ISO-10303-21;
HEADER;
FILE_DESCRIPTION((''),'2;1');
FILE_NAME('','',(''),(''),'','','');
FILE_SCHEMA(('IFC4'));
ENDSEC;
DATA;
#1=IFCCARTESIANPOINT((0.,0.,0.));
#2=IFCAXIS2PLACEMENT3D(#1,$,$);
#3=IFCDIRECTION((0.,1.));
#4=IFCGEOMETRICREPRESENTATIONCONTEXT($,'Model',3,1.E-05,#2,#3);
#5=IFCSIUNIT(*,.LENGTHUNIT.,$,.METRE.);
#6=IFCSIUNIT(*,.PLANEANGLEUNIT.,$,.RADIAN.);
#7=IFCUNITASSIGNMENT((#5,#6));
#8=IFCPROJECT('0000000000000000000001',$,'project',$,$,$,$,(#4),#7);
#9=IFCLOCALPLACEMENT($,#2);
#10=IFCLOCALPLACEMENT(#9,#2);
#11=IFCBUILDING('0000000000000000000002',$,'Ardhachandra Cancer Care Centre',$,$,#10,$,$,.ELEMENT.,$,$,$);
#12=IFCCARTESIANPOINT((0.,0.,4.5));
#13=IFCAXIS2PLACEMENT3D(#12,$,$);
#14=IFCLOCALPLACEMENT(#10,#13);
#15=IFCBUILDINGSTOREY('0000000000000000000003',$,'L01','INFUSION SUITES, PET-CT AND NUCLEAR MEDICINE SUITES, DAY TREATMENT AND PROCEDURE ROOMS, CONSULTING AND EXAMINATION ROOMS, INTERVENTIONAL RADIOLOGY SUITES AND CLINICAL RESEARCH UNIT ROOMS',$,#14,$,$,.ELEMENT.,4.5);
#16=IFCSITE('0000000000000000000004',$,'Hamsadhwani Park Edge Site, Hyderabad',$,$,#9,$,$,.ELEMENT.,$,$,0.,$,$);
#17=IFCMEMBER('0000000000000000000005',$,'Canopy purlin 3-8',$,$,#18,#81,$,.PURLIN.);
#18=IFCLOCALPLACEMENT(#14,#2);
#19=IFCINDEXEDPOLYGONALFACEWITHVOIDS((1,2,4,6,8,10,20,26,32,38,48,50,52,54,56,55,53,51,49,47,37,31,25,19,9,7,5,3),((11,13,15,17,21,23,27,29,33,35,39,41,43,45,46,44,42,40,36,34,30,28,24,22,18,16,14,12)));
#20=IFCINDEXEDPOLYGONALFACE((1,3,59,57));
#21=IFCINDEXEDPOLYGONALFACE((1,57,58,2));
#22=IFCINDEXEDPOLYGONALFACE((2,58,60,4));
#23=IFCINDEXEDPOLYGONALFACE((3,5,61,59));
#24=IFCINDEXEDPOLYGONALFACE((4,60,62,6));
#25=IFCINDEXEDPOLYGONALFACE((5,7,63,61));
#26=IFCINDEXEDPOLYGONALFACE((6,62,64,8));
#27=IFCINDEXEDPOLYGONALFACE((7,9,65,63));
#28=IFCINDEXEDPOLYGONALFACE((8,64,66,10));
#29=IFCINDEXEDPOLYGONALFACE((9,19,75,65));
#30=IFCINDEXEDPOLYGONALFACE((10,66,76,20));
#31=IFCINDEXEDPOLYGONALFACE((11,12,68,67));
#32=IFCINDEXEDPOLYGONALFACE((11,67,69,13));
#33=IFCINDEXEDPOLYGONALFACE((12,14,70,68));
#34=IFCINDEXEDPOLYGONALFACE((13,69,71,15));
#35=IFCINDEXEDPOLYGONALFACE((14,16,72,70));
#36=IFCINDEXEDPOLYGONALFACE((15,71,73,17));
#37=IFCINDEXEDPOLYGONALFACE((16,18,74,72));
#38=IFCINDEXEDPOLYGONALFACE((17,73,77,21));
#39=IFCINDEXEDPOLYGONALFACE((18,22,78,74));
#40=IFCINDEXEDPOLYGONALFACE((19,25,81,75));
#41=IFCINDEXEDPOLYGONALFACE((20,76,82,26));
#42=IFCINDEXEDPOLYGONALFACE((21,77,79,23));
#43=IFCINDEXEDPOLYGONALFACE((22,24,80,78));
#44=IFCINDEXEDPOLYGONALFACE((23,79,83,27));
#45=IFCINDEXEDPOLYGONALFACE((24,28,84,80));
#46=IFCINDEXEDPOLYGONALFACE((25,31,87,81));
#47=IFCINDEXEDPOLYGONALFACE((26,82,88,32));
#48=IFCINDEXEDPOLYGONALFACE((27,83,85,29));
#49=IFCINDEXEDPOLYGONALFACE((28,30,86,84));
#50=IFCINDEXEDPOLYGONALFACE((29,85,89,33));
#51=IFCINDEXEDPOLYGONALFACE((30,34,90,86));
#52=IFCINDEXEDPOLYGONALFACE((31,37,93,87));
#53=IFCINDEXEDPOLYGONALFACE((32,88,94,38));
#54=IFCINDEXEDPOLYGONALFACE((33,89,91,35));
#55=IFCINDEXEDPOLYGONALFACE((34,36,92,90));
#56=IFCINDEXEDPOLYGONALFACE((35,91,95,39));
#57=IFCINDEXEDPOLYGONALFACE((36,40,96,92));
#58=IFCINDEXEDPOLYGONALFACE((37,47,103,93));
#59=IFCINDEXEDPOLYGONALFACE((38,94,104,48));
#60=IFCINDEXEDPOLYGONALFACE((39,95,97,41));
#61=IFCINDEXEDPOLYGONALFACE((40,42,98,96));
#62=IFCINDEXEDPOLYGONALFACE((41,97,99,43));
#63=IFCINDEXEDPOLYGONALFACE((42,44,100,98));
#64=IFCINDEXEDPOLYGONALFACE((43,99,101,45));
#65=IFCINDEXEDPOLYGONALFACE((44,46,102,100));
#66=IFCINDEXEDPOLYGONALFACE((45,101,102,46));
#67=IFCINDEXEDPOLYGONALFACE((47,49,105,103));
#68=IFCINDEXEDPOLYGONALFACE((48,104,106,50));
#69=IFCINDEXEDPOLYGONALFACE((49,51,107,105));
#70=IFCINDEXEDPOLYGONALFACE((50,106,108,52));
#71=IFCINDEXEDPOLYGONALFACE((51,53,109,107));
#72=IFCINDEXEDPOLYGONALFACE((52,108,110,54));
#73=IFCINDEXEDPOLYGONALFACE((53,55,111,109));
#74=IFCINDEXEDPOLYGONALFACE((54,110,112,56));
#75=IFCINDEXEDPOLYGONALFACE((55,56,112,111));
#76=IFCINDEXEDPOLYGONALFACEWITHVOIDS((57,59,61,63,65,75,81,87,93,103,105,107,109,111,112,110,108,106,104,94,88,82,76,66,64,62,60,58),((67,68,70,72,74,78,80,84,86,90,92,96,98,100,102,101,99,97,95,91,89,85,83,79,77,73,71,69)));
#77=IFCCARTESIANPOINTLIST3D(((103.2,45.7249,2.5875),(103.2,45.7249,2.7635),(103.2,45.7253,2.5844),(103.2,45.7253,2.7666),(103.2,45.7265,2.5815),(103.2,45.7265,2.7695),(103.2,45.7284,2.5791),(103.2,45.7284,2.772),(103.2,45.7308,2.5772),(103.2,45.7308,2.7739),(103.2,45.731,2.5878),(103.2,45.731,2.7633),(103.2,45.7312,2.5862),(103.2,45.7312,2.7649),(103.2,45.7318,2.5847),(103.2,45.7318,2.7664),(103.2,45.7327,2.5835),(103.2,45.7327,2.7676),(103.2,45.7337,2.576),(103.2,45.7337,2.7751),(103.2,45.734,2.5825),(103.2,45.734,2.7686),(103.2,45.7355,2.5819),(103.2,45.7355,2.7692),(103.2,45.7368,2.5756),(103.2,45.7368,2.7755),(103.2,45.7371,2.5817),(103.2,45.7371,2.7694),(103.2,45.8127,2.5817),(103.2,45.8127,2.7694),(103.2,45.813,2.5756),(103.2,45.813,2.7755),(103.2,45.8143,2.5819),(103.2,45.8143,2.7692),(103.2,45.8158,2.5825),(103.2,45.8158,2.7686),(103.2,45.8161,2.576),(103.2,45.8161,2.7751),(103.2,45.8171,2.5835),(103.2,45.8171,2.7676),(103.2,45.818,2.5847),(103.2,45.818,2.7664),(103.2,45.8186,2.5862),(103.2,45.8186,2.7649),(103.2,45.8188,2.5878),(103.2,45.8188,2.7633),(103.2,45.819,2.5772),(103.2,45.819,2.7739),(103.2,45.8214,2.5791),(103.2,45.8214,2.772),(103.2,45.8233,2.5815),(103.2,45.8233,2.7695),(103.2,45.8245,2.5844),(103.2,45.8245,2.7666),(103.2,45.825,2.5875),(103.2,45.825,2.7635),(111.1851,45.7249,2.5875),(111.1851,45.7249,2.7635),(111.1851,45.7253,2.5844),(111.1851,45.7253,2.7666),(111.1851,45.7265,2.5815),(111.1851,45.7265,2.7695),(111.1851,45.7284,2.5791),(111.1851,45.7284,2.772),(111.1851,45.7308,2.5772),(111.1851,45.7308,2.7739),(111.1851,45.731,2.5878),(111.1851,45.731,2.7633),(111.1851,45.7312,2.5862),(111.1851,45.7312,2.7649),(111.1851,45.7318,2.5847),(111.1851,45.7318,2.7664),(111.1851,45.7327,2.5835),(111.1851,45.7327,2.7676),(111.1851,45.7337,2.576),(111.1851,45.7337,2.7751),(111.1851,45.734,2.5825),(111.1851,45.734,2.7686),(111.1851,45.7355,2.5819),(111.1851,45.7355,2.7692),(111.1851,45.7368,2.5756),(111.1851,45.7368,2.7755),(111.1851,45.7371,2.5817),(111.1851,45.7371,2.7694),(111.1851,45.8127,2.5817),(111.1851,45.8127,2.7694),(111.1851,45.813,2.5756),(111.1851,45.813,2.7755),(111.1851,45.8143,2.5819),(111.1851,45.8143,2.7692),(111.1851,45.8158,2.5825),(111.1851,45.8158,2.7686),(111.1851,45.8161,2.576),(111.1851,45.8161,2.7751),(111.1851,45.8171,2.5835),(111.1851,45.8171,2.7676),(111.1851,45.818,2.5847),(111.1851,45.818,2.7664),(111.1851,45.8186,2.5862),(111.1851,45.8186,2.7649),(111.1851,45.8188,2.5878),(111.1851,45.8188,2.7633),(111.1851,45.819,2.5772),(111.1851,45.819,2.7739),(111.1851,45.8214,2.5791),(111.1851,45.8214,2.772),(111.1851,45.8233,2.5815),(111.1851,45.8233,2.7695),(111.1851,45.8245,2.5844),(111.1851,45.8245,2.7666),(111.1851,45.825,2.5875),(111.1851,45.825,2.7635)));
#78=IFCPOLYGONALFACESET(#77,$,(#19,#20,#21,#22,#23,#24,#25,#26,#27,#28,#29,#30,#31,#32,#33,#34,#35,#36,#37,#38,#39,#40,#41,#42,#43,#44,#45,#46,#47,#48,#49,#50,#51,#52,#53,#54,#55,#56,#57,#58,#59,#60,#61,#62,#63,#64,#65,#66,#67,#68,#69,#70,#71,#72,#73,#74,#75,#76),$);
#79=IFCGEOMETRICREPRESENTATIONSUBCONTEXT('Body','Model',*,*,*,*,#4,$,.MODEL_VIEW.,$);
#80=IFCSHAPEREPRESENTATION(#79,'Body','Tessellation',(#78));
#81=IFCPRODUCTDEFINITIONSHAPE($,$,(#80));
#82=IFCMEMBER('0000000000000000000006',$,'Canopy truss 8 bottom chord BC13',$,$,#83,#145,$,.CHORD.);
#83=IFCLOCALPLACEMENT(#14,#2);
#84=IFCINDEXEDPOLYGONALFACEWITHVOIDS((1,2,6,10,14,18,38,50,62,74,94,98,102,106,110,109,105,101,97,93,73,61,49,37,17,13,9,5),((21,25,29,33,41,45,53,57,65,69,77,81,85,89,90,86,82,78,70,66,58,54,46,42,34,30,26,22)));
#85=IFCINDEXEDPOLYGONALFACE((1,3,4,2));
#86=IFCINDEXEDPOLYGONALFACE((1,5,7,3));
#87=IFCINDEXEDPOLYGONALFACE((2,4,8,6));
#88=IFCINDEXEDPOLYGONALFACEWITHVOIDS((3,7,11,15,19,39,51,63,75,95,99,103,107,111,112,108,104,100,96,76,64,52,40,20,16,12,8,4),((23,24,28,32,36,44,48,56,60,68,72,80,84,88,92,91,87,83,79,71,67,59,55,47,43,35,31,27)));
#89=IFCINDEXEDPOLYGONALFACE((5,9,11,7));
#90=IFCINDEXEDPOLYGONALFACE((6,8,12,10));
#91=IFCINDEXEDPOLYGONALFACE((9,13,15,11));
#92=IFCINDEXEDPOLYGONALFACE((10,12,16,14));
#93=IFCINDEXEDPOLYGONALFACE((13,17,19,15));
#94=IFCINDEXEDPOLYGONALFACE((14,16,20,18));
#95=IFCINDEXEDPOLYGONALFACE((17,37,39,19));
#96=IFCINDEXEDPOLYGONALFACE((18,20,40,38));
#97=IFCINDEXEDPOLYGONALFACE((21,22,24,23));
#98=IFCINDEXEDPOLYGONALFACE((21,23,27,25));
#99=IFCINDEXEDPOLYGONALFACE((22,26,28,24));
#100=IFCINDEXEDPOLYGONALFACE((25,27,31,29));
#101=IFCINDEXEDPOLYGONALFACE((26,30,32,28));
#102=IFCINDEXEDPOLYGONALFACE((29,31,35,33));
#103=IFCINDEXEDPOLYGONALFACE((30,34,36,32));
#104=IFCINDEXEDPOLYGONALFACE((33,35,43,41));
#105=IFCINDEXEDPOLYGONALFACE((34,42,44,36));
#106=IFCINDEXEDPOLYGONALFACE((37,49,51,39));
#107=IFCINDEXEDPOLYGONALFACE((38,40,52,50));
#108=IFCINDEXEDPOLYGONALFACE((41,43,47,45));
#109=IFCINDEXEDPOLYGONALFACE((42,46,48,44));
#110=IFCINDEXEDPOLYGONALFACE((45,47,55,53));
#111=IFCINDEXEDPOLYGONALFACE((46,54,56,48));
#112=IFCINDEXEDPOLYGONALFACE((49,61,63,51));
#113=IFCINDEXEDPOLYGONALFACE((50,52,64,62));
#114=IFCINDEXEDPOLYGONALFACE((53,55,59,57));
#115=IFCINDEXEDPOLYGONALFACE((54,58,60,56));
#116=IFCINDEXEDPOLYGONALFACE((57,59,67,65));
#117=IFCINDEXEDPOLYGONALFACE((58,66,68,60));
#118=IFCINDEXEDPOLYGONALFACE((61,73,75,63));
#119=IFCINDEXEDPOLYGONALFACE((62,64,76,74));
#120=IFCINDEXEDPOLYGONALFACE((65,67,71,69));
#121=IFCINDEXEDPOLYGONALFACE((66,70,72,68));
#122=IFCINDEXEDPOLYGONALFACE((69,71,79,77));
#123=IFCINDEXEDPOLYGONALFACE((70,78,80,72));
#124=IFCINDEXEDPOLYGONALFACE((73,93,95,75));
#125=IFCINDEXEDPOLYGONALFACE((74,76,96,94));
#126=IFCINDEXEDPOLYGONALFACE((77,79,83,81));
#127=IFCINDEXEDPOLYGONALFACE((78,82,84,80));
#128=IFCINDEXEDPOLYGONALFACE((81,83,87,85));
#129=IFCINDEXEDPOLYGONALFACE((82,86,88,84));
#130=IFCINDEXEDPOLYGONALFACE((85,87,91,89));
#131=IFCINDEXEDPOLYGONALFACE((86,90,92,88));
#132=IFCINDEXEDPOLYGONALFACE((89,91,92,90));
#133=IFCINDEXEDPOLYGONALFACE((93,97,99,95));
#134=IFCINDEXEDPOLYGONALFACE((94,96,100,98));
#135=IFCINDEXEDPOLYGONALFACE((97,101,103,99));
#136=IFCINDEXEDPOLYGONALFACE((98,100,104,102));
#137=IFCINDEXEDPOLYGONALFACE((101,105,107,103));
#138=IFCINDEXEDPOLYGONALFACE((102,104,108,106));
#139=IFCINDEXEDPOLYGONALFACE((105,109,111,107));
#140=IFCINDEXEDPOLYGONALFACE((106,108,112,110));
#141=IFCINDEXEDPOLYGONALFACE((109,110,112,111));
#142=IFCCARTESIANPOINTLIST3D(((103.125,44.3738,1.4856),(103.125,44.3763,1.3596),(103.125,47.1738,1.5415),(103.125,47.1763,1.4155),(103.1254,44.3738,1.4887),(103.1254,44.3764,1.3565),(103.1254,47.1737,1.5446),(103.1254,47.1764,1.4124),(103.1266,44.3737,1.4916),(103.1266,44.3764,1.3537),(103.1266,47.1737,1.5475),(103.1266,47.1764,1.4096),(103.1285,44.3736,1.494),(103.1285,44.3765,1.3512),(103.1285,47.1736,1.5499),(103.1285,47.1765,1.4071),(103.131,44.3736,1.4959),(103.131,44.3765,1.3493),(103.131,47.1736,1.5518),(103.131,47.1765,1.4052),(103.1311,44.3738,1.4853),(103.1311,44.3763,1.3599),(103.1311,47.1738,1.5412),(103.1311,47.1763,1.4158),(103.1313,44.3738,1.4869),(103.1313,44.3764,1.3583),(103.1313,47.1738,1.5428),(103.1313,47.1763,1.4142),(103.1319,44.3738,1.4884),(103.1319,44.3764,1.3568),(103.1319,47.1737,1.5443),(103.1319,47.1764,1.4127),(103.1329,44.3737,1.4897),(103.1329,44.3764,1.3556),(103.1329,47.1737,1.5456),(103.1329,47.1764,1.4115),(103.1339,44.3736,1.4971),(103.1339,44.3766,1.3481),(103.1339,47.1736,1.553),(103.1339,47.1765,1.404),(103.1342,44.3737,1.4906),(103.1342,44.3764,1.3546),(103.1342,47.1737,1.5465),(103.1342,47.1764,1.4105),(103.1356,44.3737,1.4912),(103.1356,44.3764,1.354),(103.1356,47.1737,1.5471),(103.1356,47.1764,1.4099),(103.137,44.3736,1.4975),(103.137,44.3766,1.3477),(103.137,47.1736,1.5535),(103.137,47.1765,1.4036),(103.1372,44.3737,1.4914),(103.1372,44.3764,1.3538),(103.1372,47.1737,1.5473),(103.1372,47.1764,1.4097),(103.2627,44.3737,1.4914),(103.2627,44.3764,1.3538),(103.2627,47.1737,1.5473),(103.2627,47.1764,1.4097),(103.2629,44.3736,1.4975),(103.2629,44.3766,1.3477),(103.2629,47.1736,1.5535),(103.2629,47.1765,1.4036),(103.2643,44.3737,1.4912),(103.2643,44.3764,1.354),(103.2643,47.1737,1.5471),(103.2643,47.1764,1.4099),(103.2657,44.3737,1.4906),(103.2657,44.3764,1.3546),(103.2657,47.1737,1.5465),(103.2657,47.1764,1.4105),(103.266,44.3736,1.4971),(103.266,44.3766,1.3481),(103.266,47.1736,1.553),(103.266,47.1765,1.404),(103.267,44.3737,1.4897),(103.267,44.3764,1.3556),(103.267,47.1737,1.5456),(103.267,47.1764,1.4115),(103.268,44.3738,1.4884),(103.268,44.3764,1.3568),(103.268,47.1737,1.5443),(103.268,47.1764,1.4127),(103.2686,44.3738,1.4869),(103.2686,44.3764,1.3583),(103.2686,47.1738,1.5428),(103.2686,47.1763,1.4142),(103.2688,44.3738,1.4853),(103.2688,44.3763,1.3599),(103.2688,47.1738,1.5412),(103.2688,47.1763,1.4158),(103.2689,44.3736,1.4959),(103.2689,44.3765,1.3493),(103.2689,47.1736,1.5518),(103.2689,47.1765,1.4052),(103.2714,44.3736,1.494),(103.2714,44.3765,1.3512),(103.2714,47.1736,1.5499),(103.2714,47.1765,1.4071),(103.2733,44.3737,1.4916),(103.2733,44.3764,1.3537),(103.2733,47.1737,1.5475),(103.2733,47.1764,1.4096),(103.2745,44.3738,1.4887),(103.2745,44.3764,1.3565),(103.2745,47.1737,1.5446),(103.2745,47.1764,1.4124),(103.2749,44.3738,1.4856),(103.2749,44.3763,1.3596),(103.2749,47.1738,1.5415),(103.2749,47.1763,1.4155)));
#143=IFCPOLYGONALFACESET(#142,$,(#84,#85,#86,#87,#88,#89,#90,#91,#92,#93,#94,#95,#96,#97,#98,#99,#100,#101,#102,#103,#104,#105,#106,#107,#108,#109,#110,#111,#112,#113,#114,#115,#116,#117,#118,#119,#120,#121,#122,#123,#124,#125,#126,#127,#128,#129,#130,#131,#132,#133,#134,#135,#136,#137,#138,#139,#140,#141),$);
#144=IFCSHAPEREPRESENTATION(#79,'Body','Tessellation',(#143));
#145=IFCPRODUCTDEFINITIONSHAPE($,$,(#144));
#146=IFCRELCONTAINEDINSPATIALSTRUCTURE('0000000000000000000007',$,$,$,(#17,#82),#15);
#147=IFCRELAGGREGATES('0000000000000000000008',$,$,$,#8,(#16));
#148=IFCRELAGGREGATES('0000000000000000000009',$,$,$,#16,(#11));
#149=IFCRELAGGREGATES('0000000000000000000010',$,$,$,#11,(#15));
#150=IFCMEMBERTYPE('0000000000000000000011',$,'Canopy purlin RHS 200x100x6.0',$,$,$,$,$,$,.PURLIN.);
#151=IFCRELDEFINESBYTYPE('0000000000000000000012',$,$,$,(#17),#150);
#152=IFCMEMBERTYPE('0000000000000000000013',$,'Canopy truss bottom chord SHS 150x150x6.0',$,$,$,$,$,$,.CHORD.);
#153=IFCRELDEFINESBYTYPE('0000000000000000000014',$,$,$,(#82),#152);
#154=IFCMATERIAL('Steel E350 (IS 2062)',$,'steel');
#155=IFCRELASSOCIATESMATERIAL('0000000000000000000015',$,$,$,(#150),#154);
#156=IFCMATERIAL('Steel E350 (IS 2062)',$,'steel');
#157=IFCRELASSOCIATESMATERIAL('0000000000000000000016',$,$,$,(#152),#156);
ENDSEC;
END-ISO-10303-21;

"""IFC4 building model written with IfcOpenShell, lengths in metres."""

from ifc_helpers import new_model, si_unit, direction, frame, origin, origin_2d, place, context, subcontext, project, spatial, hollow_rectangle, extrude, material, material_profile, profile_set, type_object, element, save


model = new_model("IFC4")

# Units and contexts
model_context = context("Model", 3, precision=1e-05, world=origin(), true_north=direction((0.0, 1.0)))
body_context = subcontext(model_context, "Body", "Model", "MODEL_VIEW")
ifc_project = project(units=[si_unit("LENGTHUNIT", "METRE"), si_unit("PLANEANGLEUNIT", "RADIAN")], contexts=[model_context])

# Site, building, storey
site_placement = place(None, origin())
site = spatial("IfcSite", under=ifc_project, at=site_placement, Name="Hamsadhwani Park Edge Site, Hyderabad", CompositionType="ELEMENT", RefElevation=0.0)
building_placement = place(site_placement, origin())
building = spatial("IfcBuilding", under=site, at=building_placement, Name="Ardhachandra Cancer Care Centre", CompositionType="ELEMENT")
storey_placement = place(building_placement, frame((0.0, 0.0, 4.5)))
storey = spatial("IfcBuildingStorey", under=building, at=storey_placement, Name="L01", Description="INFUSION SUITES, PET-CT AND NUCLEAR MEDICINE SUITES, DAY TREATMENT AND PROCEDURE ROOMS, CONSULTING AND EXAMINATION ROOMS, INTERVENTIONAL RADIOLOGY SUITES AND CLINICAL RESEARCH UNIT ROOMS", CompositionType="ELEMENT", Elevation=4.5)

# Members
ifc_material_1 = material(Name="Steel E350 (IS 2062)", Category="steel")
ifc_material_profile_1 = material_profile(ifc_material_1, hollow_rectangle(XDim=0.1001, YDim=0.2, WallThickness=0.0061, InnerFilletRadius=0.0061, OuterFilletRadius=0.012, at=origin_2d()), Name="RHS 200x100x6.0")
ifc_profile_set_1 = profile_set([ifc_material_profile_1], Name="Steel E350 (IS 2062)")
member_type_1 = type_object("IfcMemberType", Name="Canopy purlin RHS 200x100x6.0", PredefinedType="PURLIN", material=ifc_profile_set_1)
member_1_placement = place(storey_placement, frame((103.2, 45.7749, 2.6755), z_axis=(1.0, 0.0, 0.0), x_axis=(0.0, 1.0, 0.0)))
element("IfcMember", 1, at=member_1_placement, inside=storey, type_object=member_type_1, Name="Canopy purlin 3-8", PredefinedType="PURLIN", context=body_context, shape_type="SweptSolid", body=[
    extrude(hollow_rectangle(XDim=0.1001, YDim=0.2, WallThickness=0.0061, InnerFilletRadius=0.0061, OuterFilletRadius=0.012, at=origin_2d()), origin(), (0.0, 0.0, 1.0), 7.9851),
])
ifc_material_2 = material(Name="Steel E350 (IS 2062)", Category="steel")
ifc_material_profile_2 = material_profile(ifc_material_2, hollow_rectangle(XDim=0.1499, YDim=0.1499, WallThickness=0.0061, InnerFilletRadius=0.0061, OuterFilletRadius=0.012, at=origin_2d()), Name="SHS 150x150x6.0")
ifc_profile_set_2 = profile_set([ifc_material_profile_2], Name="Steel E350 (IS 2062)")
member_type_2 = type_object("IfcMemberType", Name="Canopy truss bottom chord SHS 150x150x6.0", PredefinedType="CHORD", material=ifc_profile_set_2)
for number, where, z_axis, x_axis, name in (
    (2, (103.2, 47.175, 1.4785), (0.0, -0.999801, -0.019963), (1.0, 0.0, 0.0), "Canopy truss 8 bottom chord BC13"),
):
    element("IfcMember", number, at=place(storey_placement, frame(where, z_axis=z_axis, x_axis=x_axis)), inside=storey, type_object=member_type_2, Name=name, PredefinedType="CHORD", context=body_context, shape_type="SweptSolid", body=[
        extrude(hollow_rectangle(XDim=0.1499, YDim=0.1499, WallThickness=0.0061, InnerFilletRadius=0.0061, OuterFilletRadius=0.012, at=origin_2d()), origin(), (0.0, 0.0, 1.0), 2.8005),
    ])

save(model, "model.ifc")
